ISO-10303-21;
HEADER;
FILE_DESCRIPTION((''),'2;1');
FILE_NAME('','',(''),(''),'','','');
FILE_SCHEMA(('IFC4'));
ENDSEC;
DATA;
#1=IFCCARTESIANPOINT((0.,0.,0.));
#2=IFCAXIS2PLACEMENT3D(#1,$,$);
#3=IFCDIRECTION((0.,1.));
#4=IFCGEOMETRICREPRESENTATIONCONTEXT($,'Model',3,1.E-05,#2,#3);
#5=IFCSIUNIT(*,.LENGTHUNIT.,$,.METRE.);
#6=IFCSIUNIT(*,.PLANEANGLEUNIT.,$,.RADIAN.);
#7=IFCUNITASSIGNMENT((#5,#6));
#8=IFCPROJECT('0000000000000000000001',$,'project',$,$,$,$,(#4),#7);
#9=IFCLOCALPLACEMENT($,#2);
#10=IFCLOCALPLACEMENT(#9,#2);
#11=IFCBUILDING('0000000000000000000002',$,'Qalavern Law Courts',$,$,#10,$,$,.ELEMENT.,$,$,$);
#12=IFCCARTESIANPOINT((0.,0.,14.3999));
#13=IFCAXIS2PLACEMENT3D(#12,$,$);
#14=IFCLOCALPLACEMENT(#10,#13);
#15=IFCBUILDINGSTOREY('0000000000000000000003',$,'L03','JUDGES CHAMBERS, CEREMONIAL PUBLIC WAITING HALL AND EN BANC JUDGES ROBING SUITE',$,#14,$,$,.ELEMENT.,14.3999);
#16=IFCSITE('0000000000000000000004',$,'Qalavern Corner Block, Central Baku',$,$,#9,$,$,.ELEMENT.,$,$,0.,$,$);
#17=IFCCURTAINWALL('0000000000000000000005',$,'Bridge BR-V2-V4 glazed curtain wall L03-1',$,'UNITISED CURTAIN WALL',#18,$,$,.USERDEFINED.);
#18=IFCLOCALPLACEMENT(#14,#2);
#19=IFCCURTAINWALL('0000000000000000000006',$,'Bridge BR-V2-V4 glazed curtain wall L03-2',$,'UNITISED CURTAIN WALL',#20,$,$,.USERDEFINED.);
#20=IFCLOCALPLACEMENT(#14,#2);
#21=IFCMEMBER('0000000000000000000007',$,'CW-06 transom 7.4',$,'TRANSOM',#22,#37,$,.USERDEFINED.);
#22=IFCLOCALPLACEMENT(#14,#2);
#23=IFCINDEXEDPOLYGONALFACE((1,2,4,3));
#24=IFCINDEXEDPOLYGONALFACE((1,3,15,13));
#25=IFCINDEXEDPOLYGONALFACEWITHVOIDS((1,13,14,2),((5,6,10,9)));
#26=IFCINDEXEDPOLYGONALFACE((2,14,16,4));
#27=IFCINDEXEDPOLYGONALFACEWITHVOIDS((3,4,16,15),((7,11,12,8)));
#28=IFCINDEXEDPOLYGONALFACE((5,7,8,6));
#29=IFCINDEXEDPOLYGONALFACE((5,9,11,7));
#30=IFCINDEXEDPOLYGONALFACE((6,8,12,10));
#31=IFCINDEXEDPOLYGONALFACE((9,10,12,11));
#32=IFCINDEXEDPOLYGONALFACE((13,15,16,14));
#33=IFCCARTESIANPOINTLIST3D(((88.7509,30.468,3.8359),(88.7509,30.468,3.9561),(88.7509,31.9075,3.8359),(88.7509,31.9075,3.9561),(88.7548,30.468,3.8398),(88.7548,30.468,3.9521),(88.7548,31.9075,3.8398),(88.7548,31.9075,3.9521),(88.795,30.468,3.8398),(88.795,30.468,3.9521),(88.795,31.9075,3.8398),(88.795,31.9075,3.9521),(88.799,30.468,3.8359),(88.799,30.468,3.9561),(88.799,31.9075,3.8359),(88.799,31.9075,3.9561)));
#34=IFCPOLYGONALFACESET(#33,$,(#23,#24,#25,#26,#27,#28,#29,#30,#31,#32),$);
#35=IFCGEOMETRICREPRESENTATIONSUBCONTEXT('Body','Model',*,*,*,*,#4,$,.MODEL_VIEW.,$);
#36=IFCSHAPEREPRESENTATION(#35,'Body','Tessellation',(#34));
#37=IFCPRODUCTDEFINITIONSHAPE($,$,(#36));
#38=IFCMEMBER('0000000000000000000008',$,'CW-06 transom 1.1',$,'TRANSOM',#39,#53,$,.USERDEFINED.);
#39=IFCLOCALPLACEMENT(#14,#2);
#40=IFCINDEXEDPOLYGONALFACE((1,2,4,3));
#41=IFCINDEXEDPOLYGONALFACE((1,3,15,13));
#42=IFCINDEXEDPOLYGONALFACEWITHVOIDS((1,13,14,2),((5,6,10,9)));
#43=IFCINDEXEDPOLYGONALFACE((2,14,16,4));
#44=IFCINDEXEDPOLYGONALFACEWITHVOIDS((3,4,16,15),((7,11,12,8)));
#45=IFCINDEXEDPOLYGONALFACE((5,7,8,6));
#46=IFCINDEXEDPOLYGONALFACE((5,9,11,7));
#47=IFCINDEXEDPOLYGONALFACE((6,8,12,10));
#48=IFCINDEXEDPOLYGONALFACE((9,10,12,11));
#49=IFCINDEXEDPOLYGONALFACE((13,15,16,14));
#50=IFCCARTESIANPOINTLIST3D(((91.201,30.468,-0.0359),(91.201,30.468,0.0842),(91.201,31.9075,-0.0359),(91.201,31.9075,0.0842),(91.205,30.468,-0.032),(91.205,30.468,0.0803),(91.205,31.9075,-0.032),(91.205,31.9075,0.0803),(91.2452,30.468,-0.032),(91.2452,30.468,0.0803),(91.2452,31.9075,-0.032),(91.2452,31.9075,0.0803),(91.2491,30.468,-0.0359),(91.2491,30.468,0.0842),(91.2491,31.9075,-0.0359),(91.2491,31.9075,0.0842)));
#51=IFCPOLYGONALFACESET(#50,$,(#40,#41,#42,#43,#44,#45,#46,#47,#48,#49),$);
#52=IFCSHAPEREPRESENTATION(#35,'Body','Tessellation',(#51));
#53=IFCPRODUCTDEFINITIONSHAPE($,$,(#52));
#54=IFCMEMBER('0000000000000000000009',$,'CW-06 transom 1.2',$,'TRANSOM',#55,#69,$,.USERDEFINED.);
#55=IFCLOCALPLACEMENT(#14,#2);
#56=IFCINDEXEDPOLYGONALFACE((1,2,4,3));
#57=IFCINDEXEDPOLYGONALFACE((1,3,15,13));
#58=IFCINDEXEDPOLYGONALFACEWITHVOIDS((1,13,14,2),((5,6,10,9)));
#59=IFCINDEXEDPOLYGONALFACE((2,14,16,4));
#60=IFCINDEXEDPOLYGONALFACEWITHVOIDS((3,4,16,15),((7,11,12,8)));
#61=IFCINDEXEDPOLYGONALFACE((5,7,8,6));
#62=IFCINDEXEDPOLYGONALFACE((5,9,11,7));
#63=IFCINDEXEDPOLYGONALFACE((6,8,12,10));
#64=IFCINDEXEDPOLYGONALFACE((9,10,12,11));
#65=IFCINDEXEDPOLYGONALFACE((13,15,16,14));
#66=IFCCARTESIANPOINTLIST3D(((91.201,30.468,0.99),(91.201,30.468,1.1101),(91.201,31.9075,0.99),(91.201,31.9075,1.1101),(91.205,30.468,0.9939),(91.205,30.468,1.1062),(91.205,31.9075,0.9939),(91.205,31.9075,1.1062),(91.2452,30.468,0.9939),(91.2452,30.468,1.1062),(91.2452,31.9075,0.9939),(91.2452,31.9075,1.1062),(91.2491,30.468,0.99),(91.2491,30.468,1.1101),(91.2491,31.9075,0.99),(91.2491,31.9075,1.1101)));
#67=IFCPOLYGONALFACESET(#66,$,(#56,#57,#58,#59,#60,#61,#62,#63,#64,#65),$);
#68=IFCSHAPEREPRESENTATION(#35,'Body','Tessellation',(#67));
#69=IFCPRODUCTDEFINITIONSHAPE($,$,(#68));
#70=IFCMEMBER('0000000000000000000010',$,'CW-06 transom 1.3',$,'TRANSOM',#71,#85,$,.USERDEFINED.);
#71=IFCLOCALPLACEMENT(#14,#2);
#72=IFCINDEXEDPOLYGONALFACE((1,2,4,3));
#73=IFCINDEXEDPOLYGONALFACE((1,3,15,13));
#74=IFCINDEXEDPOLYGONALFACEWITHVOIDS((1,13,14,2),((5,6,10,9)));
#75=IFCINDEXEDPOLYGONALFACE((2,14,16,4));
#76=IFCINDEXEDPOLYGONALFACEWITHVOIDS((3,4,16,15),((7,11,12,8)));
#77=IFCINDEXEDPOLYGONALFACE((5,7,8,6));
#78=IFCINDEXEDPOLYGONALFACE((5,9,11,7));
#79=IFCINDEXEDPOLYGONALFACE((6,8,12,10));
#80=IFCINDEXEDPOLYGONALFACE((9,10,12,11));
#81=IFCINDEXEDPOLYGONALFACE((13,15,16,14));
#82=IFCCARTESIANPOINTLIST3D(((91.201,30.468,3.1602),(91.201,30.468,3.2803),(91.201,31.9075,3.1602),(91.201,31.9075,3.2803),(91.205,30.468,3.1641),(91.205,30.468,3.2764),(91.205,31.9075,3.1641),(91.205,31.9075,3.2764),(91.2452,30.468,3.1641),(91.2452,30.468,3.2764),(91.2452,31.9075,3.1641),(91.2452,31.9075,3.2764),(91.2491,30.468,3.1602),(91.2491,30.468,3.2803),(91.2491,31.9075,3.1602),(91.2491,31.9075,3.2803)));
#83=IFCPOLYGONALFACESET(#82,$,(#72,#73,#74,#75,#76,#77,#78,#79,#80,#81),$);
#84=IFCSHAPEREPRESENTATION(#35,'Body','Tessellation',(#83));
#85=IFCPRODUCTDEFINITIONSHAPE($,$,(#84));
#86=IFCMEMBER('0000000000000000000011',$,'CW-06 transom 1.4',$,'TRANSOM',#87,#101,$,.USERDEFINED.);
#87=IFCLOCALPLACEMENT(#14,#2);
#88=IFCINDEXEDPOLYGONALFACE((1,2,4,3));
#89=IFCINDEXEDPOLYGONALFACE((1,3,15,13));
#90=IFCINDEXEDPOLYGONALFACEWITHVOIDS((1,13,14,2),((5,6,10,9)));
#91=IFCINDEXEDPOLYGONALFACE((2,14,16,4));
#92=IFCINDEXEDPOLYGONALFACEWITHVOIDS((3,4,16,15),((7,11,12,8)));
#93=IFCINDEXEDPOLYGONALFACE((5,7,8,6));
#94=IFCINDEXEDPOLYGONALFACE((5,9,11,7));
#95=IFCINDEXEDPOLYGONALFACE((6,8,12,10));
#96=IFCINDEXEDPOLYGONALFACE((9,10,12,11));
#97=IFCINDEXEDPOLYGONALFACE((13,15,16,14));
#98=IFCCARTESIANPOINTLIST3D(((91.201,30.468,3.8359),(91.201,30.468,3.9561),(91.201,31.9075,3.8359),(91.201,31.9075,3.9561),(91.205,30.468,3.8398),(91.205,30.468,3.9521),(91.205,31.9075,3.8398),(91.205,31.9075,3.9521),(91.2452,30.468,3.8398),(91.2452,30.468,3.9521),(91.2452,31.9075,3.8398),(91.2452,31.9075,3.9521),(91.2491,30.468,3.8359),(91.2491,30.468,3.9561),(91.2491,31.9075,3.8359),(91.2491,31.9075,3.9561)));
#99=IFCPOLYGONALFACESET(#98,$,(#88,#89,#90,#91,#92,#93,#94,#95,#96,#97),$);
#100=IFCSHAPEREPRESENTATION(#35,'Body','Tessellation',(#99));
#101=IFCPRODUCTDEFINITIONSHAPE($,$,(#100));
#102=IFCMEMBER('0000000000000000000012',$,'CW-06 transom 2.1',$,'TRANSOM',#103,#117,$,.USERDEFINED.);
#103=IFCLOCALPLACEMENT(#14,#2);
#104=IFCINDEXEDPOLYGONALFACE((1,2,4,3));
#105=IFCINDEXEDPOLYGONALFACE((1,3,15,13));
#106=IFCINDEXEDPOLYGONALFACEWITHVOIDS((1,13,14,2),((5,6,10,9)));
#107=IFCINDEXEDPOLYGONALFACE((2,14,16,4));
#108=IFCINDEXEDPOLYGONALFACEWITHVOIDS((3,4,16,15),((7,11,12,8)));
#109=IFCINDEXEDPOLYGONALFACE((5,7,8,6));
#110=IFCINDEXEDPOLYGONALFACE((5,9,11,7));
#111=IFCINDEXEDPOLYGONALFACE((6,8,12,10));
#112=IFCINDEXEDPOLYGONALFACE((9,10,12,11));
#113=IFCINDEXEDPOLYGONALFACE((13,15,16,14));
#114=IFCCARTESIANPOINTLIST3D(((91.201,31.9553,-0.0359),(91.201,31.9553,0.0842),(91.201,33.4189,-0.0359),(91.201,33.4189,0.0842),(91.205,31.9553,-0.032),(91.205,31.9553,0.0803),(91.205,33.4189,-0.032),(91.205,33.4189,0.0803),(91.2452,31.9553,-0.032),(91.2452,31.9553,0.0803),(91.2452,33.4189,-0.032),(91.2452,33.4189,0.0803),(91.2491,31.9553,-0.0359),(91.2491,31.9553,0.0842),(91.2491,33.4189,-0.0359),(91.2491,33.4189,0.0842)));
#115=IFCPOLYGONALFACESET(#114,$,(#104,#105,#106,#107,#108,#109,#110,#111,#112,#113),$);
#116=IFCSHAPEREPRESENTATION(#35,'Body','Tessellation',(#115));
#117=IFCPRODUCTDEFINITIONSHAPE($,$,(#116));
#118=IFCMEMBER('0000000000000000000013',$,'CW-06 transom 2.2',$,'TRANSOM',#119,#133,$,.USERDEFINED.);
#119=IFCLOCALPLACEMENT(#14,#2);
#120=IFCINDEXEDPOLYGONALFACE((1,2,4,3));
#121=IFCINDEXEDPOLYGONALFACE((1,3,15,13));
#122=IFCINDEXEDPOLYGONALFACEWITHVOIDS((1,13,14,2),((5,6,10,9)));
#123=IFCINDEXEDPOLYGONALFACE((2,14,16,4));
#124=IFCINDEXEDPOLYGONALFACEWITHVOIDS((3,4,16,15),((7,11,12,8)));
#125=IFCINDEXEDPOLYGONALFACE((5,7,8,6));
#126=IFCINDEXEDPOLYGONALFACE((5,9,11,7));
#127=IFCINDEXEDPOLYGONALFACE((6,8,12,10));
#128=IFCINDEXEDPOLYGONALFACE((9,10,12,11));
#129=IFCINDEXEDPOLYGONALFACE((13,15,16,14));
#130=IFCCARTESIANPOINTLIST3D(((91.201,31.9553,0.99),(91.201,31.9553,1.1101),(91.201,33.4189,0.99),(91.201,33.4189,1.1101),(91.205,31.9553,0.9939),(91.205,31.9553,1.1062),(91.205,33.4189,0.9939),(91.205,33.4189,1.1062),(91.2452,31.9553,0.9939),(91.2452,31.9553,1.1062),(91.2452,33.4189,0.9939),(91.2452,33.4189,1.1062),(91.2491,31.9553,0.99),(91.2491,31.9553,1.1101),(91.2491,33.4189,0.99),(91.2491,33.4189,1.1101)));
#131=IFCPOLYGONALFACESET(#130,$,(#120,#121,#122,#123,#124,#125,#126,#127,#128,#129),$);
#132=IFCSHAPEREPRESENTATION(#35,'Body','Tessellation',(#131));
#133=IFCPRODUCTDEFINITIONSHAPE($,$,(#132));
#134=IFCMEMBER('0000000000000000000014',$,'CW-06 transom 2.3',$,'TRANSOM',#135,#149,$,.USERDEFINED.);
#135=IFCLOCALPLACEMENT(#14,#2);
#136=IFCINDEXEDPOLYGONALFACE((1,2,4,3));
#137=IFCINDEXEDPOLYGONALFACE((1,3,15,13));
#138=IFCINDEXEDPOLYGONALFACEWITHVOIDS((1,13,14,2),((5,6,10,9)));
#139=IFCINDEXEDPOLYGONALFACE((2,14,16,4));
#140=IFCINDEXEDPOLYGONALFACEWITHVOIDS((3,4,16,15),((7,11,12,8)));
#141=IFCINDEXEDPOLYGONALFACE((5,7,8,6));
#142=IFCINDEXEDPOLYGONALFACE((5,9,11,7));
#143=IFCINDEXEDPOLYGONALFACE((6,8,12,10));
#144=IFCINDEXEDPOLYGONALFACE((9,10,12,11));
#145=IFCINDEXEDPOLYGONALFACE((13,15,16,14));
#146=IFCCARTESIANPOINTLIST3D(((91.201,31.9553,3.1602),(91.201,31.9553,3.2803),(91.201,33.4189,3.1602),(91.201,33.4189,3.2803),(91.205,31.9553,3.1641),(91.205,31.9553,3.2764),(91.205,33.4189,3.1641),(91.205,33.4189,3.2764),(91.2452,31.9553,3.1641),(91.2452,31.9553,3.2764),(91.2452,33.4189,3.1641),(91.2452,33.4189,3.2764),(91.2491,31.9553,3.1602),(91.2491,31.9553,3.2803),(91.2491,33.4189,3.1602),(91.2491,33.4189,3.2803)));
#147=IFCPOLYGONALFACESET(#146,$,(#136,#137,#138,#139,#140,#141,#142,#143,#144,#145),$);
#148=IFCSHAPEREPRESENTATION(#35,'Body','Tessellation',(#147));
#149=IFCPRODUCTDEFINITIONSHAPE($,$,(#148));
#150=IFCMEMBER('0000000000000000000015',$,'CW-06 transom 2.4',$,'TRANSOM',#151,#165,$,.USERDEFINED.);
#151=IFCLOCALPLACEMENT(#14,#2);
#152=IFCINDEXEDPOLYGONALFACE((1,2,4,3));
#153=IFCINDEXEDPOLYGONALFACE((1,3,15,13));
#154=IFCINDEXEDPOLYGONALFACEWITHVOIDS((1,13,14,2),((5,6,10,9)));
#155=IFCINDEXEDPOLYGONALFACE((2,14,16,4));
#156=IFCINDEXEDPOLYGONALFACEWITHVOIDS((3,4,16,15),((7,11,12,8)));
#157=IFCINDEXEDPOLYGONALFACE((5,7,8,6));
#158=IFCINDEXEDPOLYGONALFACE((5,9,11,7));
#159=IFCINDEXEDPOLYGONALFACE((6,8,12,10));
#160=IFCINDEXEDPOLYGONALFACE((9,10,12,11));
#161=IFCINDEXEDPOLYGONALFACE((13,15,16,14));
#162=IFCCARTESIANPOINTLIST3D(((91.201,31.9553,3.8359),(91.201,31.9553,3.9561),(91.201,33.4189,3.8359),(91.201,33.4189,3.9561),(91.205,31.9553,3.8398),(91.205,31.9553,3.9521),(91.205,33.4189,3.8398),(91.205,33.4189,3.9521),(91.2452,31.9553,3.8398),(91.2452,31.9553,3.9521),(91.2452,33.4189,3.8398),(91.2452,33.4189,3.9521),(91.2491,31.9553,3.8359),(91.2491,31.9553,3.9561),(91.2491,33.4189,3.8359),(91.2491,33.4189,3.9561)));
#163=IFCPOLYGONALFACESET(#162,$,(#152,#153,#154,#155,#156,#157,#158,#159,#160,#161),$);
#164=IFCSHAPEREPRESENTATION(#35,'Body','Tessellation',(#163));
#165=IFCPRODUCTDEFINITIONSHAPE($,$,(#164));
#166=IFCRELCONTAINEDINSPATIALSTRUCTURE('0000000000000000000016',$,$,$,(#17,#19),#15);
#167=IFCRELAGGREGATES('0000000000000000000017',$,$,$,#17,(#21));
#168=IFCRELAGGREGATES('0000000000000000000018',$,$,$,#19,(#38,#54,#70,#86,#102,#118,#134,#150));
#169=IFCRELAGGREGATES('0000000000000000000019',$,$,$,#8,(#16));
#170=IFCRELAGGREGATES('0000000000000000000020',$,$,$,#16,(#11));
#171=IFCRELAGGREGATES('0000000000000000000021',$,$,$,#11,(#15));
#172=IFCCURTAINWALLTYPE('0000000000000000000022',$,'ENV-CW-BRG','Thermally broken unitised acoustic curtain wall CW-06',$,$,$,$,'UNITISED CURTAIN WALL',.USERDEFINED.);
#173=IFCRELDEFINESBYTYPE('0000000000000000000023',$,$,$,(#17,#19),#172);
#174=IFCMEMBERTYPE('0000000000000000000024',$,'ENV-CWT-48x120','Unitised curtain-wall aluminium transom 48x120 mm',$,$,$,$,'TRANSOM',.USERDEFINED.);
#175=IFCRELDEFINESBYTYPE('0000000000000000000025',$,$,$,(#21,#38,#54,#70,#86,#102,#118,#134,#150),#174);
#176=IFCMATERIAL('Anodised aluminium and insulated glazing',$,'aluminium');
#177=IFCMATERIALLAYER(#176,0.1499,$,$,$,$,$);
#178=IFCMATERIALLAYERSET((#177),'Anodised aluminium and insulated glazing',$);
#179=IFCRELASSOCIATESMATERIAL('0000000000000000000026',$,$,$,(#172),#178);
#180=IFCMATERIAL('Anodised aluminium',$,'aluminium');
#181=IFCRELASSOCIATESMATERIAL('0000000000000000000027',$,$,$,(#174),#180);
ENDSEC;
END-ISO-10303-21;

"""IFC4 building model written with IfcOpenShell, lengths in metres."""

from ifc_helpers import new_model, si_unit, direction, frame, origin, origin_2d, place, context, subcontext, project, spatial, hollow_rectangle, extrude, material, layer, layer_set, material_profile, profile_set, type_object, element, aggregate, save


model = new_model("IFC4")

# Units and contexts
model_context = context("Model", 3, precision=1e-05, world=origin(), true_north=direction((0.0, 1.0)))
body_context = subcontext(model_context, "Body", "Model", "MODEL_VIEW")
ifc_project = project(units=[si_unit("LENGTHUNIT", "METRE"), si_unit("PLANEANGLEUNIT", "RADIAN")], contexts=[model_context])

# Site, building, storey
site_placement = place(None, origin())
site = spatial("IfcSite", under=ifc_project, at=site_placement, Name="Qalavern Corner Block, Central Baku", CompositionType="ELEMENT", RefElevation=0.0)
building_placement = place(site_placement, origin())
building = spatial("IfcBuilding", under=site, at=building_placement, Name="Qalavern Law Courts", CompositionType="ELEMENT")
storey_placement = place(building_placement, frame((0.0, 0.0, 14.3999)))
storey = spatial("IfcBuildingStorey", under=building, at=storey_placement, Name="L03", Description="JUDGES CHAMBERS, CEREMONIAL PUBLIC WAITING HALL AND EN BANC JUDGES ROBING SUITE", CompositionType="ELEMENT", Elevation=14.3999)

# Curtain walls
ifc_material_1 = material(Name="Anodised aluminium and insulated glazing", Category="aluminium")
ifc_layer_1 = layer(ifc_material_1, 0.1499)
ifc_layer_set_1 = layer_set([ifc_layer_1], Name="Anodised aluminium and insulated glazing")
curtain_wall_type = type_object("IfcCurtainWallType", Name="ENV-CW-BRG", Description="Thermally broken unitised acoustic curtain wall CW-06", ElementType="UNITISED CURTAIN WALL", PredefinedType="USERDEFINED", material=ifc_layer_set_1)
curtain_wall_1_placement = place(storey_placement, origin())
curtain_wall_1 = element("IfcCurtainWall", 1, at=curtain_wall_1_placement, inside=storey, type_object=curtain_wall_type, Name="Bridge BR-V2-V4 glazed curtain wall L03-1", ObjectType="UNITISED CURTAIN WALL", PredefinedType="USERDEFINED")
ifc_material_2 = material(Name="Anodised aluminium", Category="aluminium")
curtain_wall_2_placement = place(storey_placement, origin())
curtain_wall_2 = element("IfcCurtainWall", 2, at=curtain_wall_2_placement, inside=storey, type_object=curtain_wall_type, Name="Bridge BR-V2-V4 glazed curtain wall L03-2", ObjectType="UNITISED CURTAIN WALL", PredefinedType="USERDEFINED")

# Members
ifc_material_profile_1 = material_profile(ifc_material_2, hollow_rectangle(XDim=0.0481, YDim=0.1201, WallThickness=0.0039, at=origin_2d()), Name="ALU TRANSOM 48x120")
ifc_profile_set_1 = profile_set([ifc_material_profile_1], Name="Anodised aluminium")
member_type_1 = type_object("IfcMemberType", Name="ENV-CWT-48x120", Description="Unitised curtain-wall aluminium transom 48x120 mm", ElementType="TRANSOM", PredefinedType="USERDEFINED", material=ifc_profile_set_1)
member_1_placement = place(storey_placement, frame((88.7749, 31.9075, 3.896), z_axis=(0.0, -1.0, 0.0), x_axis=(1.0, 0.0, 0.0)))
member_1 = element("IfcMember", 3, at=member_1_placement, type_object=member_type_1, Name="CW-06 transom 7.4", ObjectType="TRANSOM", PredefinedType="USERDEFINED", context=body_context, shape_type="SweptSolid", body=[
    extrude(hollow_rectangle(XDim=0.0481, YDim=0.1201, WallThickness=0.0039, at=origin_2d()), origin(), (0.0, 0.0, 1.0), 1.4395),
])
member_2_placement = place(storey_placement, frame((91.2251, 30.468, 0.0242), z_axis=(0.0, 1.0, 0.0), x_axis=(-1.0, 0.0, 0.0)))
member_2 = element("IfcMember", 4, at=member_2_placement, type_object=member_type_1, Name="CW-06 transom 1.1", ObjectType="TRANSOM", PredefinedType="USERDEFINED", context=body_context, shape_type="SweptSolid", body=[
    extrude(hollow_rectangle(XDim=0.0481, YDim=0.1201, WallThickness=0.0039, at=origin_2d()), origin(), (0.0, 0.0, 1.0), 1.4395),
])
member_3_placement = place(storey_placement, frame((91.2251, 30.468, 1.05), z_axis=(0.0, 1.0, 0.0), x_axis=(-1.0, 0.0, 0.0)))
member_3 = element("IfcMember", 5, at=member_3_placement, type_object=member_type_1, Name="CW-06 transom 1.2", ObjectType="TRANSOM", PredefinedType="USERDEFINED", context=body_context, shape_type="SweptSolid", body=[
    extrude(hollow_rectangle(XDim=0.0481, YDim=0.1201, WallThickness=0.0039, at=origin_2d()), origin(), (0.0, 0.0, 1.0), 1.4395),
])
member_4_placement = place(storey_placement, frame((91.2251, 30.468, 3.2202), z_axis=(0.0, 1.0, 0.0), x_axis=(-1.0, 0.0, 0.0)))
member_4 = element("IfcMember", 6, at=member_4_placement, type_object=member_type_1, Name="CW-06 transom 1.3", ObjectType="TRANSOM", PredefinedType="USERDEFINED", context=body_context, shape_type="SweptSolid", body=[
    extrude(hollow_rectangle(XDim=0.0481, YDim=0.1201, WallThickness=0.0039, at=origin_2d()), origin(), (0.0, 0.0, 1.0), 1.4395),
])
member_5_placement = place(storey_placement, frame((91.2251, 30.468, 3.896), z_axis=(0.0, 1.0, 0.0), x_axis=(-1.0, 0.0, 0.0)))
member_5 = element("IfcMember", 7, at=member_5_placement, type_object=member_type_1, Name="CW-06 transom 1.4", ObjectType="TRANSOM", PredefinedType="USERDEFINED", context=body_context, shape_type="SweptSolid", body=[
    extrude(hollow_rectangle(XDim=0.0481, YDim=0.1201, WallThickness=0.0039, at=origin_2d()), origin(), (0.0, 0.0, 1.0), 1.4395),
])
member_6_placement = place(storey_placement, frame((91.2251, 31.9553, 0.0242), z_axis=(0.0, 1.0, 0.0), x_axis=(-1.0, 0.0, 0.0)))
member_6 = element("IfcMember", 8, at=member_6_placement, type_object=member_type_1, Name="CW-06 transom 2.1", ObjectType="TRANSOM", PredefinedType="USERDEFINED", context=body_context, shape_type="SweptSolid", body=[
    extrude(hollow_rectangle(XDim=0.0481, YDim=0.1201, WallThickness=0.0039, at=origin_2d()), origin(), (0.0, 0.0, 1.0), 1.4636),
])
member_7_placement = place(storey_placement, frame((91.2251, 31.9553, 1.05), z_axis=(0.0, 1.0, 0.0), x_axis=(-1.0, 0.0, 0.0)))
member_7 = element("IfcMember", 9, at=member_7_placement, type_object=member_type_1, Name="CW-06 transom 2.2", ObjectType="TRANSOM", PredefinedType="USERDEFINED", context=body_context, shape_type="SweptSolid", body=[
    extrude(hollow_rectangle(XDim=0.0481, YDim=0.1201, WallThickness=0.0039, at=origin_2d()), origin(), (0.0, 0.0, 1.0), 1.4636),
])
member_8_placement = place(storey_placement, frame((91.2251, 31.9553, 3.2202), z_axis=(0.0, 1.0, 0.0), x_axis=(-1.0, 0.0, 0.0)))
member_8 = element("IfcMember", 10, at=member_8_placement, type_object=member_type_1, Name="CW-06 transom 2.3", ObjectType="TRANSOM", PredefinedType="USERDEFINED", context=body_context, shape_type="SweptSolid", body=[
    extrude(hollow_rectangle(XDim=0.0481, YDim=0.1201, WallThickness=0.0039, at=origin_2d()), origin(), (0.0, 0.0, 1.0), 1.4636),
])
member_9_placement = place(storey_placement, frame((91.2251, 31.9553, 3.896), z_axis=(0.0, 1.0, 0.0), x_axis=(-1.0, 0.0, 0.0)))
member_9 = element("IfcMember", 11, at=member_9_placement, type_object=member_type_1, Name="CW-06 transom 2.4", ObjectType="TRANSOM", PredefinedType="USERDEFINED", context=body_context, shape_type="SweptSolid", body=[
    extrude(hollow_rectangle(XDim=0.0481, YDim=0.1201, WallThickness=0.0039, at=origin_2d()), origin(), (0.0, 0.0, 1.0), 1.4636),
])

aggregate(curtain_wall_1, [member_1])
aggregate(curtain_wall_2, [member_2, member_3, member_4, member_5, member_6, member_7, member_8, member_9])

save(model, "model.ifc")
